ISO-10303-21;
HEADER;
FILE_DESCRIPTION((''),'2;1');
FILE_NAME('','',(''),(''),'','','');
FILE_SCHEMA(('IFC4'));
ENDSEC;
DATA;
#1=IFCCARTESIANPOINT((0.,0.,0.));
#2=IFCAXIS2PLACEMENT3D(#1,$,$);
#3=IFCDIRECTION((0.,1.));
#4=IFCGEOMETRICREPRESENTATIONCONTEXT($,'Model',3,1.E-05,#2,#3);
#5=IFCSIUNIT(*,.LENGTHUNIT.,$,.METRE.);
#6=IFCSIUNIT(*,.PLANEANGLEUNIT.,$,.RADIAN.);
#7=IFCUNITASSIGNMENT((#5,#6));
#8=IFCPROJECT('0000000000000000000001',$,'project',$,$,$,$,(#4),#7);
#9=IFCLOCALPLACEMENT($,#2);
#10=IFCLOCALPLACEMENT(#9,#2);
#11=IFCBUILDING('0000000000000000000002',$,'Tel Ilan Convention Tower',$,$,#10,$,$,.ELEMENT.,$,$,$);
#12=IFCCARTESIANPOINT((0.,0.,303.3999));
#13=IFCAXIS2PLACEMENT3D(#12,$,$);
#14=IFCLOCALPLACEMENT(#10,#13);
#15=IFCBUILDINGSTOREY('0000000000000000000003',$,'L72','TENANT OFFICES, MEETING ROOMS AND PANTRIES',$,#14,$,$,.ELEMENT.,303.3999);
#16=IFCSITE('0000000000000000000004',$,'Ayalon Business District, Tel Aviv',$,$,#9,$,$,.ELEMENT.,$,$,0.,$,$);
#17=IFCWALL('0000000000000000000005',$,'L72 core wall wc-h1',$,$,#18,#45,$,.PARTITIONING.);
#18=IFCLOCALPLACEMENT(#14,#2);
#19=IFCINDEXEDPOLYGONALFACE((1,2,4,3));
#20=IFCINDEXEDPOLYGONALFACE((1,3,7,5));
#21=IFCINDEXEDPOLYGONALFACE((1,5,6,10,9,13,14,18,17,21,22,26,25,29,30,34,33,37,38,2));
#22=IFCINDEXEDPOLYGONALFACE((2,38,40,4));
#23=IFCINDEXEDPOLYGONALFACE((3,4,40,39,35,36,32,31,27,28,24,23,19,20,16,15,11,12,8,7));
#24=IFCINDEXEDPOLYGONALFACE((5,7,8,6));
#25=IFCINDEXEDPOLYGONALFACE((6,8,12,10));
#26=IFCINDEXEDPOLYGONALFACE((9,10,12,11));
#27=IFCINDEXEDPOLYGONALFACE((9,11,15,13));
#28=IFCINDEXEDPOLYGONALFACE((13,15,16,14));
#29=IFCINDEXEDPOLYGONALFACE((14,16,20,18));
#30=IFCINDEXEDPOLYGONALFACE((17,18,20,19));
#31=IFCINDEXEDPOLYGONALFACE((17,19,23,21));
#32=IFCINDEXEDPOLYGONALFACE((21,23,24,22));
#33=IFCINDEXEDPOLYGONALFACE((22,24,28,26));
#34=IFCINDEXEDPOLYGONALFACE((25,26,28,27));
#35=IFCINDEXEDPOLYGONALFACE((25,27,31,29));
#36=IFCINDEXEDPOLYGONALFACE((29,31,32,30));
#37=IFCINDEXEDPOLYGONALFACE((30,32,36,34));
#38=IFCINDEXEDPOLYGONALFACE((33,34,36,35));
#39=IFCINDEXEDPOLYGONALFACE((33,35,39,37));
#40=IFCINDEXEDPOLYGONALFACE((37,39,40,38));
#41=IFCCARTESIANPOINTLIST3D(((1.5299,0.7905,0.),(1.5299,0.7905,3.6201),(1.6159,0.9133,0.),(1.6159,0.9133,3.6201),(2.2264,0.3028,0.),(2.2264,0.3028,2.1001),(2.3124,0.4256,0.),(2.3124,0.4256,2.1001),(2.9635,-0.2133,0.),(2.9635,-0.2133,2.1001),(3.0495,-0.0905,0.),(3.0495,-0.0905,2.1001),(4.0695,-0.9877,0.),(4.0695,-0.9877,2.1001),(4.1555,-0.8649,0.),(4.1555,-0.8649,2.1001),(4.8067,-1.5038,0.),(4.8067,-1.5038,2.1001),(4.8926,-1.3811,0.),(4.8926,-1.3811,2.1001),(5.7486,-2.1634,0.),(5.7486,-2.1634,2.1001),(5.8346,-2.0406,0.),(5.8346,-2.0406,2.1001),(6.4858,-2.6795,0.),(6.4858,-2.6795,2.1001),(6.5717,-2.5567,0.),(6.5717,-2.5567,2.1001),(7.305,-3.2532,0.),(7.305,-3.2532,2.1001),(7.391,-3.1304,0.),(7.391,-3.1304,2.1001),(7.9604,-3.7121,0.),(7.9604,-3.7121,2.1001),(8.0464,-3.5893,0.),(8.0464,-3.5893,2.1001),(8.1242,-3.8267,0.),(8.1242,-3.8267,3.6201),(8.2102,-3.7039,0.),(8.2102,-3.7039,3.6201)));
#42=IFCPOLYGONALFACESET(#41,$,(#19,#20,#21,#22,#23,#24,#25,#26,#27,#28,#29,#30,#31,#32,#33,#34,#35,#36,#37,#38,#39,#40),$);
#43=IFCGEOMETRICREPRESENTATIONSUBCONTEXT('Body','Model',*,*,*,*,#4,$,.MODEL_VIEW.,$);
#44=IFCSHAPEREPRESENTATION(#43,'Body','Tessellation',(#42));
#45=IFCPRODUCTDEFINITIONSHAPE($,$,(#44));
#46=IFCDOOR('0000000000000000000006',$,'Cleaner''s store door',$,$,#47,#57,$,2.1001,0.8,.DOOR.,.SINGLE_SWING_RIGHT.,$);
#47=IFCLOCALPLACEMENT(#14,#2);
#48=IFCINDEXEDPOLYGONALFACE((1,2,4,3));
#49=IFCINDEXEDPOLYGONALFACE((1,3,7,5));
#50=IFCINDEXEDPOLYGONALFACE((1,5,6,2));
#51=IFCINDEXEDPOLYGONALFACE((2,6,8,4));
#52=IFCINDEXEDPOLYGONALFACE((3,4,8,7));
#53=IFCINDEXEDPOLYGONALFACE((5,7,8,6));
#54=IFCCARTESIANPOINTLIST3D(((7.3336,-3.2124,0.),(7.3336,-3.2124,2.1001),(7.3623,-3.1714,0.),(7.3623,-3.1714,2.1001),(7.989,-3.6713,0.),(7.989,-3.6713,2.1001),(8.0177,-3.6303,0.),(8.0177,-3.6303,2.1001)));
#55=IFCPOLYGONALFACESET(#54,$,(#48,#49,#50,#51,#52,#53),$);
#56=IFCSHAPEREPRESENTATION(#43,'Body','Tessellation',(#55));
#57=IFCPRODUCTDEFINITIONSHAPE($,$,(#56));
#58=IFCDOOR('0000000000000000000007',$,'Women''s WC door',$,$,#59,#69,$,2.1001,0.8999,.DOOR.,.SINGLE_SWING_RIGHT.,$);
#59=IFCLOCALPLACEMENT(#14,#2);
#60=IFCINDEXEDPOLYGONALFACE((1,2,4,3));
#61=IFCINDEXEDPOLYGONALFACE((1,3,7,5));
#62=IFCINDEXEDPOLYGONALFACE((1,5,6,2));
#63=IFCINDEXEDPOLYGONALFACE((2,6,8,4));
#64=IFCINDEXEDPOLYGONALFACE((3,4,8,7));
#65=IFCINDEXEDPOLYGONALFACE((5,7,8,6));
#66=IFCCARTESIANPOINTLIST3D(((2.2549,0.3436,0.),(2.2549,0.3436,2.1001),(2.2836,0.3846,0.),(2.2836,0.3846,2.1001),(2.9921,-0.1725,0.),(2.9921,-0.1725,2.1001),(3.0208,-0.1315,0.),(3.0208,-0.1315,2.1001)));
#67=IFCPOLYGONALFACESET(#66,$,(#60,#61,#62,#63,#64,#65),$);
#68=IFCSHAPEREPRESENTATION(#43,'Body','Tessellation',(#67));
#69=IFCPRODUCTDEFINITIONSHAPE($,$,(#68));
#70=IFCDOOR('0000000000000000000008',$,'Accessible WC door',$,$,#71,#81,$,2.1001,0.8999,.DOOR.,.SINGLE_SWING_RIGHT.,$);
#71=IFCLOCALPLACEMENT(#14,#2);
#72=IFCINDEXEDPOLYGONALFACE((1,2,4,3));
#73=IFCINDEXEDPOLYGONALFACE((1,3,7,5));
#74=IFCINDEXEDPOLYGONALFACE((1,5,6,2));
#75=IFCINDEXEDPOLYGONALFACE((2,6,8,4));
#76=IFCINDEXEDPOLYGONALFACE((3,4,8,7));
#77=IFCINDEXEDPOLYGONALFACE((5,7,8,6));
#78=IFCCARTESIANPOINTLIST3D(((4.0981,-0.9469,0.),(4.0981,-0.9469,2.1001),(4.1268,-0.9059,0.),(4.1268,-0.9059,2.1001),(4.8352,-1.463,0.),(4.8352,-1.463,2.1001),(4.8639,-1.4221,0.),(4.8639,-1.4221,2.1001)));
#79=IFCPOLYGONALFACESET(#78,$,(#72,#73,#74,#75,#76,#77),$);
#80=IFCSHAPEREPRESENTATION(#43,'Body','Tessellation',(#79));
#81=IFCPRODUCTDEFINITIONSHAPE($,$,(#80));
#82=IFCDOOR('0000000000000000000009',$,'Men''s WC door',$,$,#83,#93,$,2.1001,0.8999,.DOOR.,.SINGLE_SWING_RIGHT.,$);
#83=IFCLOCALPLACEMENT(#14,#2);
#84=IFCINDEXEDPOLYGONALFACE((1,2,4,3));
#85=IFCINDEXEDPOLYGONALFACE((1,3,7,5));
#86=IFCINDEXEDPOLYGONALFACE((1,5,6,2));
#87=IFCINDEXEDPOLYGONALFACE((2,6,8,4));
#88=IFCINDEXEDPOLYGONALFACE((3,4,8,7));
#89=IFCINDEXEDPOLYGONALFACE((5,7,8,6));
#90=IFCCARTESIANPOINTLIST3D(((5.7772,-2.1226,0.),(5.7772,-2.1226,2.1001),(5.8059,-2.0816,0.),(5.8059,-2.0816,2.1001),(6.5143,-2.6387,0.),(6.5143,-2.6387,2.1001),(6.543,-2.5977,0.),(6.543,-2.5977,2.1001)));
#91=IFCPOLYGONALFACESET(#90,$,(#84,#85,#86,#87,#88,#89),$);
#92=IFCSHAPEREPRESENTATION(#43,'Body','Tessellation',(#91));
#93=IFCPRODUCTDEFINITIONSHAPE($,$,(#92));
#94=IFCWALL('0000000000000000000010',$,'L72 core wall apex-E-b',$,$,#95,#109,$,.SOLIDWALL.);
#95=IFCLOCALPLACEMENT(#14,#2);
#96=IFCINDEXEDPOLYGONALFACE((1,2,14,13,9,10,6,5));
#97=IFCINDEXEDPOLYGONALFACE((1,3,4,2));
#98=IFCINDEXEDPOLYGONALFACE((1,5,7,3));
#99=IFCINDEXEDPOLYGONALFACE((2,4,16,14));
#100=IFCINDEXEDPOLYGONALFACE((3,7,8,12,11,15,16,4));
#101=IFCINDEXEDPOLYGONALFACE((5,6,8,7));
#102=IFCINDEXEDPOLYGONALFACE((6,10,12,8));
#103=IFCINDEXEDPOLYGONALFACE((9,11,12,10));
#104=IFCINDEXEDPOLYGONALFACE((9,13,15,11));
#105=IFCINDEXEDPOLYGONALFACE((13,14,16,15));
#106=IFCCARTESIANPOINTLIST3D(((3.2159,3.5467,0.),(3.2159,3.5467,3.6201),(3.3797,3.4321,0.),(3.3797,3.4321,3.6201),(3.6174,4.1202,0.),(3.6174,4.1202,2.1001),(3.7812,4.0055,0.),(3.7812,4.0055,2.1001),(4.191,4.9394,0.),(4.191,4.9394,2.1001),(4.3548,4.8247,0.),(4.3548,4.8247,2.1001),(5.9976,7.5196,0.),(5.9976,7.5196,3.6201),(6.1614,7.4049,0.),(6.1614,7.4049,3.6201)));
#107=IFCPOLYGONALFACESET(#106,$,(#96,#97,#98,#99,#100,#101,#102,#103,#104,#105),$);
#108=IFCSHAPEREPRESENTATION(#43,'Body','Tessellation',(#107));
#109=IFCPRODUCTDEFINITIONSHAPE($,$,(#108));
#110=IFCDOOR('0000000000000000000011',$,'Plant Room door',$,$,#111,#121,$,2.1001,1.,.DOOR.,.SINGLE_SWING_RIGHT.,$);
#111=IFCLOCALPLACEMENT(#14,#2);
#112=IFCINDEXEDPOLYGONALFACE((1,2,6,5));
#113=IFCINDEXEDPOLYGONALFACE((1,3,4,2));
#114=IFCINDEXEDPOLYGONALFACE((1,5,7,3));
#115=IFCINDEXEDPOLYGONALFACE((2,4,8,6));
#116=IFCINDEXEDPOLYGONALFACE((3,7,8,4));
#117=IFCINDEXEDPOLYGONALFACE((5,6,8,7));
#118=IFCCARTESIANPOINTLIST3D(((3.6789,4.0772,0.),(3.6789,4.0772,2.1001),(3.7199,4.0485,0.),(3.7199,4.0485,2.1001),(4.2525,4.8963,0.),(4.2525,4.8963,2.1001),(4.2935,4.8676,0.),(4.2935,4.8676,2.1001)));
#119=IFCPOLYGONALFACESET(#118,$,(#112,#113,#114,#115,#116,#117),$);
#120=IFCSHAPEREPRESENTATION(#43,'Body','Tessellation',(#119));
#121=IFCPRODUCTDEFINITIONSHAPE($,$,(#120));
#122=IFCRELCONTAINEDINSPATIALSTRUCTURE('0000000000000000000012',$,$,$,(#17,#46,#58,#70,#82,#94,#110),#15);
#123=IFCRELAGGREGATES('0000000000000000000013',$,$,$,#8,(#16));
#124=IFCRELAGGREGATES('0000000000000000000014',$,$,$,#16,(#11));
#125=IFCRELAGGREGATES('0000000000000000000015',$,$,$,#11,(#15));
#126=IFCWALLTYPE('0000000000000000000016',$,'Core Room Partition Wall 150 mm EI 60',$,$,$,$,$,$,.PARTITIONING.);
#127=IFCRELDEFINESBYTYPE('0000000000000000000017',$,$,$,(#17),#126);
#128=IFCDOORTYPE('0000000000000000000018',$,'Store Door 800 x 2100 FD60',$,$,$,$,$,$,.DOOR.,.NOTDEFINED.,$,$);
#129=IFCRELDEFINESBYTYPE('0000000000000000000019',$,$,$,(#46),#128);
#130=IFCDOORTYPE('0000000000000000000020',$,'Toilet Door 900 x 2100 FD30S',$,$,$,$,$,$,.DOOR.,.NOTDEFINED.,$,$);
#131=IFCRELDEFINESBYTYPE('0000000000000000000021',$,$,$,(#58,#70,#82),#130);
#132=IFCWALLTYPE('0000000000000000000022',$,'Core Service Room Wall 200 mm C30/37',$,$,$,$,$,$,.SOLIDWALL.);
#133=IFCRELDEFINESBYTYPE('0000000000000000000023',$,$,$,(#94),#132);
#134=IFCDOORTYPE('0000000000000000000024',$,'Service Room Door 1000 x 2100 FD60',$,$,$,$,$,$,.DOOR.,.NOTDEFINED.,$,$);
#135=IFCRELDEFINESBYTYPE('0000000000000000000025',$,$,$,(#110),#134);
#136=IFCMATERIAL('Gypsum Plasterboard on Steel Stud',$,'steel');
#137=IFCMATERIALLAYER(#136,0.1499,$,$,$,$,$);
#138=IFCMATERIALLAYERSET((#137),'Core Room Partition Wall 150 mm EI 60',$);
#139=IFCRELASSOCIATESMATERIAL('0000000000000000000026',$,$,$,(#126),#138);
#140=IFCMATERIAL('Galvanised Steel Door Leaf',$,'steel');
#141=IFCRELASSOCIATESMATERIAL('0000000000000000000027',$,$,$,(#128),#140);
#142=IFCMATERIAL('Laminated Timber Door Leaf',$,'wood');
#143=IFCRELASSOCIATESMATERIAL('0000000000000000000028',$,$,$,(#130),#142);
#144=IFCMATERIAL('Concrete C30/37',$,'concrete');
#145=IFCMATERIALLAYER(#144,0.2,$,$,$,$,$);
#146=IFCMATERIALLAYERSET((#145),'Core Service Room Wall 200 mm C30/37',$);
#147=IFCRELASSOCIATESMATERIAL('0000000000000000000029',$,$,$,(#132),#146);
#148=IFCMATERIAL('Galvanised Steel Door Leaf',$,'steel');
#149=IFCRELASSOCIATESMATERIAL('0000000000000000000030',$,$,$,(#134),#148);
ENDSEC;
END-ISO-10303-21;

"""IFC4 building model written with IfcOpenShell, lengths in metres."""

from ifc_helpers import new_model, si_unit, direction, frame, frame_2d, origin, place, context, subcontext, project, spatial, rectangle, extrude, material, layer, layer_set, type_object, element, fill, save


model = new_model("IFC4")

# Units and contexts
model_context = context("Model", 3, precision=1e-05, world=origin(), true_north=direction((0.0, 1.0)))
body_context = subcontext(model_context, "Body", "Model", "MODEL_VIEW")
ifc_project = project(units=[si_unit("LENGTHUNIT", "METRE"), si_unit("PLANEANGLEUNIT", "RADIAN")], contexts=[model_context])

# Site, building, storey
site_placement = place(None, origin())
site = spatial("IfcSite", under=ifc_project, at=site_placement, Name="Ayalon Business District, Tel Aviv", CompositionType="ELEMENT", RefElevation=0.0)
building_placement = place(site_placement, origin())
building = spatial("IfcBuilding", under=site, at=building_placement, Name="Tel Ilan Convention Tower", CompositionType="ELEMENT")
storey_placement = place(building_placement, frame((0.0, 0.0, 303.3999)))
storey = spatial("IfcBuildingStorey", under=building, at=storey_placement, Name="L72", Description="TENANT OFFICES, MEETING ROOMS AND PANTRIES", CompositionType="ELEMENT", Elevation=303.3999)

# Wall, openings, doors
ifc_material_1 = material(Name="Gypsum Plasterboard on Steel Stud", Category="steel")
ifc_layer_1 = layer(ifc_material_1, 0.1499)
ifc_layer_set_1 = layer_set([ifc_layer_1], Name="Core Room Partition Wall 150 mm EI 60")
wall_type_1 = type_object("IfcWallType", Name="Core Room Partition Wall 150 mm EI 60", PredefinedType="PARTITIONING", material=ifc_layer_set_1)
wall_1_placement = place(storey_placement, frame((1.573, 0.8518, 0.0), z_axis=(0.0, 0.0, 1.0), x_axis=(0.819161, -0.573564, 0.0)))
wall_1 = element("IfcWall", 1, at=wall_1_placement, inside=storey, type_object=wall_type_1, Name="L72 core wall wc-h1", PredefinedType="PARTITIONING", context=body_context, shape_type="SweptSolid", body=[
    extrude(rectangle(XDim=8.05, YDim=0.1499, at=frame_2d((4.0249, 0.0))), origin(), (0.0, 0.0, 1.0), 3.6201),
])
opening_1_placement = place(wall_1_placement, frame((0.8501, 0.0, 0.0)))
opening_1 = element("IfcOpeningElement", 2, at=opening_1_placement, cuts=wall_1, PredefinedType="OPENING", context=body_context, shape_type="SweptSolid", body=[
    extrude(rectangle(XDim=0.8999, YDim=2.1001, at=frame_2d((0.45, 1.05))), frame((0.0, 0.085, 0.0), z_axis=(0.0, -1.0, 0.0), x_axis=(1.0, 0.0, 0.0)), (0.0, 0.0, 1.0), 0.1699),
])
opening_2_placement = place(wall_1_placement, frame((3.1001, 0.0, 0.0)))
opening_2 = element("IfcOpeningElement", 3, at=opening_2_placement, cuts=wall_1, PredefinedType="OPENING", context=body_context, shape_type="SweptSolid", body=[
    extrude(rectangle(XDim=0.8999, YDim=2.1001, at=frame_2d((0.45, 1.05))), frame((0.0, 0.085, 0.0), z_axis=(0.0, -1.0, 0.0), x_axis=(1.0, 0.0, 0.0)), (0.0, 0.0, 1.0), 0.1699),
])
opening_3_placement = place(wall_1_placement, frame((5.1499, 0.0, 0.0)))
opening_3 = element("IfcOpeningElement", 4, at=opening_3_placement, cuts=wall_1, PredefinedType="OPENING", context=body_context, shape_type="SweptSolid", body=[
    extrude(rectangle(XDim=0.8999, YDim=2.1001, at=frame_2d((0.45, 1.05))), frame((0.0, 0.085, 0.0), z_axis=(0.0, -1.0, 0.0), x_axis=(1.0, 0.0, 0.0)), (0.0, 0.0, 1.0), 0.1699),
])
opening_4_placement = place(wall_1_placement, frame((7.05, 0.0, 0.0)))
opening_4 = element("IfcOpeningElement", 5, at=opening_4_placement, cuts=wall_1, PredefinedType="OPENING", context=body_context, shape_type="SweptSolid", body=[
    extrude(rectangle(XDim=0.8, YDim=2.1001, at=frame_2d((0.3999, 1.05))), frame((0.0, 0.085, 0.0), z_axis=(0.0, -1.0, 0.0), x_axis=(1.0, 0.0, 0.0)), (0.0, 0.0, 1.0), 0.1699),
])
ifc_material_2 = material(Name="Galvanised Steel Door Leaf", Category="steel")
door_type_1 = type_object("IfcDoorType", Name="Store Door 800 x 2100 FD60", OperationType="NOTDEFINED", PredefinedType="DOOR", material=ifc_material_2)
door_1_placement = place(opening_4_placement, origin())
door_1 = element("IfcDoor", 6, at=door_1_placement, inside=storey, type_object=door_type_1, Name="Cleaner's store door", OperationType="SINGLE_SWING_RIGHT", OverallHeight=2.1001, OverallWidth=0.8, PredefinedType="DOOR", context=body_context, shape_type="SweptSolid", body=[
    extrude(rectangle(XDim=0.8, YDim=2.1001, at=frame_2d((0.3999, 1.05))), frame((0.0, 0.0249, 0.0), z_axis=(0.0, -1.0, 0.0), x_axis=(1.0, 0.0, 0.0)), (0.0, 0.0, 1.0), 0.05),
])
fill(opening_4, door_1)
ifc_material_3 = material(Name="Laminated Timber Door Leaf", Category="wood")
door_type_2 = type_object("IfcDoorType", Name="Toilet Door 900 x 2100 FD30S", OperationType="NOTDEFINED", PredefinedType="DOOR", material=ifc_material_3)
door_2_placement = place(opening_1_placement, origin())
door_2 = element("IfcDoor", 7, at=door_2_placement, inside=storey, type_object=door_type_2, Name="Women's WC door", OperationType="SINGLE_SWING_RIGHT", OverallHeight=2.1001, OverallWidth=0.8999, PredefinedType="DOOR", context=body_context, shape_type="SweptSolid", body=[
    extrude(rectangle(XDim=0.8999, YDim=2.1001, at=frame_2d((0.45, 1.05))), frame((0.0, 0.0249, 0.0), z_axis=(0.0, -1.0, 0.0), x_axis=(1.0, 0.0, 0.0)), (0.0, 0.0, 1.0), 0.05),
])
fill(opening_1, door_2)
door_3_placement = place(opening_2_placement, origin())
door_3 = element("IfcDoor", 8, at=door_3_placement, inside=storey, type_object=door_type_2, Name="Accessible WC door", OperationType="SINGLE_SWING_RIGHT", OverallHeight=2.1001, OverallWidth=0.8999, PredefinedType="DOOR", context=body_context, shape_type="SweptSolid", body=[
    extrude(rectangle(XDim=0.8999, YDim=2.1001, at=frame_2d((0.45, 1.05))), frame((0.0, 0.0249, 0.0), z_axis=(0.0, -1.0, 0.0), x_axis=(1.0, 0.0, 0.0)), (0.0, 0.0, 1.0), 0.05),
])
fill(opening_2, door_3)
door_4_placement = place(opening_3_placement, origin())
door_4 = element("IfcDoor", 9, at=door_4_placement, inside=storey, type_object=door_type_2, Name="Men's WC door", OperationType="SINGLE_SWING_RIGHT", OverallHeight=2.1001, OverallWidth=0.8999, PredefinedType="DOOR", context=body_context, shape_type="SweptSolid", body=[
    extrude(rectangle(XDim=0.8999, YDim=2.1001, at=frame_2d((0.45, 1.05))), frame((0.0, 0.0249, 0.0), z_axis=(0.0, -1.0, 0.0), x_axis=(1.0, 0.0, 0.0)), (0.0, 0.0, 1.0), 0.05),
])
fill(opening_3, door_4)

# Wall, opening, door
ifc_material_4 = material(Name="Concrete C30/37", Category="concrete")
ifc_layer_2 = layer(ifc_material_4, 0.2)
ifc_layer_set_2 = layer_set([ifc_layer_2], Name="Core Service Room Wall 200 mm C30/37")
wall_type_2 = type_object("IfcWallType", Name="Core Service Room Wall 200 mm C30/37", PredefinedType="SOLIDWALL", material=ifc_layer_set_2)
wall_2_placement = place(storey_placement, frame((3.2979, 3.4895, 0.0), z_axis=(0.0, 0.0, 1.0), x_axis=(0.57356, 0.819163, 0.0)))
wall_2 = element("IfcWall", 10, at=wall_2_placement, inside=storey, type_object=wall_type_2, Name="L72 core wall apex-E-b", PredefinedType="SOLIDWALL", context=body_context, shape_type="SweptSolid", body=[
    extrude(rectangle(XDim=4.8499, YDim=0.2, at=frame_2d((2.4248, 0.0))), origin(), (0.0, 0.0, 1.0), 3.6201),
])
opening_5_placement = place(wall_2_placement, frame((0.7, 0.0, 0.0)))
opening_5 = element("IfcOpeningElement", 11, at=opening_5_placement, cuts=wall_2, PredefinedType="OPENING", context=body_context, shape_type="SweptSolid", body=[
    extrude(rectangle(XDim=1.0, YDim=2.1001, at=frame_2d((0.5, 1.05))), frame((0.0, 0.1099, 0.0), z_axis=(0.0, -1.0, 0.0), x_axis=(1.0, 0.0, 0.0)), (0.0, 0.0, 1.0), 0.22),
])
ifc_material_5 = material(Name="Galvanised Steel Door Leaf", Category="steel")
door_type_3 = type_object("IfcDoorType", Name="Service Room Door 1000 x 2100 FD60", OperationType="NOTDEFINED", PredefinedType="DOOR", material=ifc_material_5)
door_5_placement = place(opening_5_placement, origin())
door_5 = element("IfcDoor", 12, at=door_5_placement, inside=storey, type_object=door_type_3, Name="Plant Room door", OperationType="SINGLE_SWING_RIGHT", OverallHeight=2.1001, OverallWidth=1.0, PredefinedType="DOOR", context=body_context, shape_type="SweptSolid", body=[
    extrude(rectangle(XDim=1.0, YDim=2.1001, at=frame_2d((0.5, 1.05))), frame((0.0, 0.0249, 0.0), z_axis=(0.0, -1.0, 0.0), x_axis=(1.0, 0.0, 0.0)), (0.0, 0.0, 1.0), 0.05),
])
fill(opening_5, door_5)

save(model, "model.ifc")
